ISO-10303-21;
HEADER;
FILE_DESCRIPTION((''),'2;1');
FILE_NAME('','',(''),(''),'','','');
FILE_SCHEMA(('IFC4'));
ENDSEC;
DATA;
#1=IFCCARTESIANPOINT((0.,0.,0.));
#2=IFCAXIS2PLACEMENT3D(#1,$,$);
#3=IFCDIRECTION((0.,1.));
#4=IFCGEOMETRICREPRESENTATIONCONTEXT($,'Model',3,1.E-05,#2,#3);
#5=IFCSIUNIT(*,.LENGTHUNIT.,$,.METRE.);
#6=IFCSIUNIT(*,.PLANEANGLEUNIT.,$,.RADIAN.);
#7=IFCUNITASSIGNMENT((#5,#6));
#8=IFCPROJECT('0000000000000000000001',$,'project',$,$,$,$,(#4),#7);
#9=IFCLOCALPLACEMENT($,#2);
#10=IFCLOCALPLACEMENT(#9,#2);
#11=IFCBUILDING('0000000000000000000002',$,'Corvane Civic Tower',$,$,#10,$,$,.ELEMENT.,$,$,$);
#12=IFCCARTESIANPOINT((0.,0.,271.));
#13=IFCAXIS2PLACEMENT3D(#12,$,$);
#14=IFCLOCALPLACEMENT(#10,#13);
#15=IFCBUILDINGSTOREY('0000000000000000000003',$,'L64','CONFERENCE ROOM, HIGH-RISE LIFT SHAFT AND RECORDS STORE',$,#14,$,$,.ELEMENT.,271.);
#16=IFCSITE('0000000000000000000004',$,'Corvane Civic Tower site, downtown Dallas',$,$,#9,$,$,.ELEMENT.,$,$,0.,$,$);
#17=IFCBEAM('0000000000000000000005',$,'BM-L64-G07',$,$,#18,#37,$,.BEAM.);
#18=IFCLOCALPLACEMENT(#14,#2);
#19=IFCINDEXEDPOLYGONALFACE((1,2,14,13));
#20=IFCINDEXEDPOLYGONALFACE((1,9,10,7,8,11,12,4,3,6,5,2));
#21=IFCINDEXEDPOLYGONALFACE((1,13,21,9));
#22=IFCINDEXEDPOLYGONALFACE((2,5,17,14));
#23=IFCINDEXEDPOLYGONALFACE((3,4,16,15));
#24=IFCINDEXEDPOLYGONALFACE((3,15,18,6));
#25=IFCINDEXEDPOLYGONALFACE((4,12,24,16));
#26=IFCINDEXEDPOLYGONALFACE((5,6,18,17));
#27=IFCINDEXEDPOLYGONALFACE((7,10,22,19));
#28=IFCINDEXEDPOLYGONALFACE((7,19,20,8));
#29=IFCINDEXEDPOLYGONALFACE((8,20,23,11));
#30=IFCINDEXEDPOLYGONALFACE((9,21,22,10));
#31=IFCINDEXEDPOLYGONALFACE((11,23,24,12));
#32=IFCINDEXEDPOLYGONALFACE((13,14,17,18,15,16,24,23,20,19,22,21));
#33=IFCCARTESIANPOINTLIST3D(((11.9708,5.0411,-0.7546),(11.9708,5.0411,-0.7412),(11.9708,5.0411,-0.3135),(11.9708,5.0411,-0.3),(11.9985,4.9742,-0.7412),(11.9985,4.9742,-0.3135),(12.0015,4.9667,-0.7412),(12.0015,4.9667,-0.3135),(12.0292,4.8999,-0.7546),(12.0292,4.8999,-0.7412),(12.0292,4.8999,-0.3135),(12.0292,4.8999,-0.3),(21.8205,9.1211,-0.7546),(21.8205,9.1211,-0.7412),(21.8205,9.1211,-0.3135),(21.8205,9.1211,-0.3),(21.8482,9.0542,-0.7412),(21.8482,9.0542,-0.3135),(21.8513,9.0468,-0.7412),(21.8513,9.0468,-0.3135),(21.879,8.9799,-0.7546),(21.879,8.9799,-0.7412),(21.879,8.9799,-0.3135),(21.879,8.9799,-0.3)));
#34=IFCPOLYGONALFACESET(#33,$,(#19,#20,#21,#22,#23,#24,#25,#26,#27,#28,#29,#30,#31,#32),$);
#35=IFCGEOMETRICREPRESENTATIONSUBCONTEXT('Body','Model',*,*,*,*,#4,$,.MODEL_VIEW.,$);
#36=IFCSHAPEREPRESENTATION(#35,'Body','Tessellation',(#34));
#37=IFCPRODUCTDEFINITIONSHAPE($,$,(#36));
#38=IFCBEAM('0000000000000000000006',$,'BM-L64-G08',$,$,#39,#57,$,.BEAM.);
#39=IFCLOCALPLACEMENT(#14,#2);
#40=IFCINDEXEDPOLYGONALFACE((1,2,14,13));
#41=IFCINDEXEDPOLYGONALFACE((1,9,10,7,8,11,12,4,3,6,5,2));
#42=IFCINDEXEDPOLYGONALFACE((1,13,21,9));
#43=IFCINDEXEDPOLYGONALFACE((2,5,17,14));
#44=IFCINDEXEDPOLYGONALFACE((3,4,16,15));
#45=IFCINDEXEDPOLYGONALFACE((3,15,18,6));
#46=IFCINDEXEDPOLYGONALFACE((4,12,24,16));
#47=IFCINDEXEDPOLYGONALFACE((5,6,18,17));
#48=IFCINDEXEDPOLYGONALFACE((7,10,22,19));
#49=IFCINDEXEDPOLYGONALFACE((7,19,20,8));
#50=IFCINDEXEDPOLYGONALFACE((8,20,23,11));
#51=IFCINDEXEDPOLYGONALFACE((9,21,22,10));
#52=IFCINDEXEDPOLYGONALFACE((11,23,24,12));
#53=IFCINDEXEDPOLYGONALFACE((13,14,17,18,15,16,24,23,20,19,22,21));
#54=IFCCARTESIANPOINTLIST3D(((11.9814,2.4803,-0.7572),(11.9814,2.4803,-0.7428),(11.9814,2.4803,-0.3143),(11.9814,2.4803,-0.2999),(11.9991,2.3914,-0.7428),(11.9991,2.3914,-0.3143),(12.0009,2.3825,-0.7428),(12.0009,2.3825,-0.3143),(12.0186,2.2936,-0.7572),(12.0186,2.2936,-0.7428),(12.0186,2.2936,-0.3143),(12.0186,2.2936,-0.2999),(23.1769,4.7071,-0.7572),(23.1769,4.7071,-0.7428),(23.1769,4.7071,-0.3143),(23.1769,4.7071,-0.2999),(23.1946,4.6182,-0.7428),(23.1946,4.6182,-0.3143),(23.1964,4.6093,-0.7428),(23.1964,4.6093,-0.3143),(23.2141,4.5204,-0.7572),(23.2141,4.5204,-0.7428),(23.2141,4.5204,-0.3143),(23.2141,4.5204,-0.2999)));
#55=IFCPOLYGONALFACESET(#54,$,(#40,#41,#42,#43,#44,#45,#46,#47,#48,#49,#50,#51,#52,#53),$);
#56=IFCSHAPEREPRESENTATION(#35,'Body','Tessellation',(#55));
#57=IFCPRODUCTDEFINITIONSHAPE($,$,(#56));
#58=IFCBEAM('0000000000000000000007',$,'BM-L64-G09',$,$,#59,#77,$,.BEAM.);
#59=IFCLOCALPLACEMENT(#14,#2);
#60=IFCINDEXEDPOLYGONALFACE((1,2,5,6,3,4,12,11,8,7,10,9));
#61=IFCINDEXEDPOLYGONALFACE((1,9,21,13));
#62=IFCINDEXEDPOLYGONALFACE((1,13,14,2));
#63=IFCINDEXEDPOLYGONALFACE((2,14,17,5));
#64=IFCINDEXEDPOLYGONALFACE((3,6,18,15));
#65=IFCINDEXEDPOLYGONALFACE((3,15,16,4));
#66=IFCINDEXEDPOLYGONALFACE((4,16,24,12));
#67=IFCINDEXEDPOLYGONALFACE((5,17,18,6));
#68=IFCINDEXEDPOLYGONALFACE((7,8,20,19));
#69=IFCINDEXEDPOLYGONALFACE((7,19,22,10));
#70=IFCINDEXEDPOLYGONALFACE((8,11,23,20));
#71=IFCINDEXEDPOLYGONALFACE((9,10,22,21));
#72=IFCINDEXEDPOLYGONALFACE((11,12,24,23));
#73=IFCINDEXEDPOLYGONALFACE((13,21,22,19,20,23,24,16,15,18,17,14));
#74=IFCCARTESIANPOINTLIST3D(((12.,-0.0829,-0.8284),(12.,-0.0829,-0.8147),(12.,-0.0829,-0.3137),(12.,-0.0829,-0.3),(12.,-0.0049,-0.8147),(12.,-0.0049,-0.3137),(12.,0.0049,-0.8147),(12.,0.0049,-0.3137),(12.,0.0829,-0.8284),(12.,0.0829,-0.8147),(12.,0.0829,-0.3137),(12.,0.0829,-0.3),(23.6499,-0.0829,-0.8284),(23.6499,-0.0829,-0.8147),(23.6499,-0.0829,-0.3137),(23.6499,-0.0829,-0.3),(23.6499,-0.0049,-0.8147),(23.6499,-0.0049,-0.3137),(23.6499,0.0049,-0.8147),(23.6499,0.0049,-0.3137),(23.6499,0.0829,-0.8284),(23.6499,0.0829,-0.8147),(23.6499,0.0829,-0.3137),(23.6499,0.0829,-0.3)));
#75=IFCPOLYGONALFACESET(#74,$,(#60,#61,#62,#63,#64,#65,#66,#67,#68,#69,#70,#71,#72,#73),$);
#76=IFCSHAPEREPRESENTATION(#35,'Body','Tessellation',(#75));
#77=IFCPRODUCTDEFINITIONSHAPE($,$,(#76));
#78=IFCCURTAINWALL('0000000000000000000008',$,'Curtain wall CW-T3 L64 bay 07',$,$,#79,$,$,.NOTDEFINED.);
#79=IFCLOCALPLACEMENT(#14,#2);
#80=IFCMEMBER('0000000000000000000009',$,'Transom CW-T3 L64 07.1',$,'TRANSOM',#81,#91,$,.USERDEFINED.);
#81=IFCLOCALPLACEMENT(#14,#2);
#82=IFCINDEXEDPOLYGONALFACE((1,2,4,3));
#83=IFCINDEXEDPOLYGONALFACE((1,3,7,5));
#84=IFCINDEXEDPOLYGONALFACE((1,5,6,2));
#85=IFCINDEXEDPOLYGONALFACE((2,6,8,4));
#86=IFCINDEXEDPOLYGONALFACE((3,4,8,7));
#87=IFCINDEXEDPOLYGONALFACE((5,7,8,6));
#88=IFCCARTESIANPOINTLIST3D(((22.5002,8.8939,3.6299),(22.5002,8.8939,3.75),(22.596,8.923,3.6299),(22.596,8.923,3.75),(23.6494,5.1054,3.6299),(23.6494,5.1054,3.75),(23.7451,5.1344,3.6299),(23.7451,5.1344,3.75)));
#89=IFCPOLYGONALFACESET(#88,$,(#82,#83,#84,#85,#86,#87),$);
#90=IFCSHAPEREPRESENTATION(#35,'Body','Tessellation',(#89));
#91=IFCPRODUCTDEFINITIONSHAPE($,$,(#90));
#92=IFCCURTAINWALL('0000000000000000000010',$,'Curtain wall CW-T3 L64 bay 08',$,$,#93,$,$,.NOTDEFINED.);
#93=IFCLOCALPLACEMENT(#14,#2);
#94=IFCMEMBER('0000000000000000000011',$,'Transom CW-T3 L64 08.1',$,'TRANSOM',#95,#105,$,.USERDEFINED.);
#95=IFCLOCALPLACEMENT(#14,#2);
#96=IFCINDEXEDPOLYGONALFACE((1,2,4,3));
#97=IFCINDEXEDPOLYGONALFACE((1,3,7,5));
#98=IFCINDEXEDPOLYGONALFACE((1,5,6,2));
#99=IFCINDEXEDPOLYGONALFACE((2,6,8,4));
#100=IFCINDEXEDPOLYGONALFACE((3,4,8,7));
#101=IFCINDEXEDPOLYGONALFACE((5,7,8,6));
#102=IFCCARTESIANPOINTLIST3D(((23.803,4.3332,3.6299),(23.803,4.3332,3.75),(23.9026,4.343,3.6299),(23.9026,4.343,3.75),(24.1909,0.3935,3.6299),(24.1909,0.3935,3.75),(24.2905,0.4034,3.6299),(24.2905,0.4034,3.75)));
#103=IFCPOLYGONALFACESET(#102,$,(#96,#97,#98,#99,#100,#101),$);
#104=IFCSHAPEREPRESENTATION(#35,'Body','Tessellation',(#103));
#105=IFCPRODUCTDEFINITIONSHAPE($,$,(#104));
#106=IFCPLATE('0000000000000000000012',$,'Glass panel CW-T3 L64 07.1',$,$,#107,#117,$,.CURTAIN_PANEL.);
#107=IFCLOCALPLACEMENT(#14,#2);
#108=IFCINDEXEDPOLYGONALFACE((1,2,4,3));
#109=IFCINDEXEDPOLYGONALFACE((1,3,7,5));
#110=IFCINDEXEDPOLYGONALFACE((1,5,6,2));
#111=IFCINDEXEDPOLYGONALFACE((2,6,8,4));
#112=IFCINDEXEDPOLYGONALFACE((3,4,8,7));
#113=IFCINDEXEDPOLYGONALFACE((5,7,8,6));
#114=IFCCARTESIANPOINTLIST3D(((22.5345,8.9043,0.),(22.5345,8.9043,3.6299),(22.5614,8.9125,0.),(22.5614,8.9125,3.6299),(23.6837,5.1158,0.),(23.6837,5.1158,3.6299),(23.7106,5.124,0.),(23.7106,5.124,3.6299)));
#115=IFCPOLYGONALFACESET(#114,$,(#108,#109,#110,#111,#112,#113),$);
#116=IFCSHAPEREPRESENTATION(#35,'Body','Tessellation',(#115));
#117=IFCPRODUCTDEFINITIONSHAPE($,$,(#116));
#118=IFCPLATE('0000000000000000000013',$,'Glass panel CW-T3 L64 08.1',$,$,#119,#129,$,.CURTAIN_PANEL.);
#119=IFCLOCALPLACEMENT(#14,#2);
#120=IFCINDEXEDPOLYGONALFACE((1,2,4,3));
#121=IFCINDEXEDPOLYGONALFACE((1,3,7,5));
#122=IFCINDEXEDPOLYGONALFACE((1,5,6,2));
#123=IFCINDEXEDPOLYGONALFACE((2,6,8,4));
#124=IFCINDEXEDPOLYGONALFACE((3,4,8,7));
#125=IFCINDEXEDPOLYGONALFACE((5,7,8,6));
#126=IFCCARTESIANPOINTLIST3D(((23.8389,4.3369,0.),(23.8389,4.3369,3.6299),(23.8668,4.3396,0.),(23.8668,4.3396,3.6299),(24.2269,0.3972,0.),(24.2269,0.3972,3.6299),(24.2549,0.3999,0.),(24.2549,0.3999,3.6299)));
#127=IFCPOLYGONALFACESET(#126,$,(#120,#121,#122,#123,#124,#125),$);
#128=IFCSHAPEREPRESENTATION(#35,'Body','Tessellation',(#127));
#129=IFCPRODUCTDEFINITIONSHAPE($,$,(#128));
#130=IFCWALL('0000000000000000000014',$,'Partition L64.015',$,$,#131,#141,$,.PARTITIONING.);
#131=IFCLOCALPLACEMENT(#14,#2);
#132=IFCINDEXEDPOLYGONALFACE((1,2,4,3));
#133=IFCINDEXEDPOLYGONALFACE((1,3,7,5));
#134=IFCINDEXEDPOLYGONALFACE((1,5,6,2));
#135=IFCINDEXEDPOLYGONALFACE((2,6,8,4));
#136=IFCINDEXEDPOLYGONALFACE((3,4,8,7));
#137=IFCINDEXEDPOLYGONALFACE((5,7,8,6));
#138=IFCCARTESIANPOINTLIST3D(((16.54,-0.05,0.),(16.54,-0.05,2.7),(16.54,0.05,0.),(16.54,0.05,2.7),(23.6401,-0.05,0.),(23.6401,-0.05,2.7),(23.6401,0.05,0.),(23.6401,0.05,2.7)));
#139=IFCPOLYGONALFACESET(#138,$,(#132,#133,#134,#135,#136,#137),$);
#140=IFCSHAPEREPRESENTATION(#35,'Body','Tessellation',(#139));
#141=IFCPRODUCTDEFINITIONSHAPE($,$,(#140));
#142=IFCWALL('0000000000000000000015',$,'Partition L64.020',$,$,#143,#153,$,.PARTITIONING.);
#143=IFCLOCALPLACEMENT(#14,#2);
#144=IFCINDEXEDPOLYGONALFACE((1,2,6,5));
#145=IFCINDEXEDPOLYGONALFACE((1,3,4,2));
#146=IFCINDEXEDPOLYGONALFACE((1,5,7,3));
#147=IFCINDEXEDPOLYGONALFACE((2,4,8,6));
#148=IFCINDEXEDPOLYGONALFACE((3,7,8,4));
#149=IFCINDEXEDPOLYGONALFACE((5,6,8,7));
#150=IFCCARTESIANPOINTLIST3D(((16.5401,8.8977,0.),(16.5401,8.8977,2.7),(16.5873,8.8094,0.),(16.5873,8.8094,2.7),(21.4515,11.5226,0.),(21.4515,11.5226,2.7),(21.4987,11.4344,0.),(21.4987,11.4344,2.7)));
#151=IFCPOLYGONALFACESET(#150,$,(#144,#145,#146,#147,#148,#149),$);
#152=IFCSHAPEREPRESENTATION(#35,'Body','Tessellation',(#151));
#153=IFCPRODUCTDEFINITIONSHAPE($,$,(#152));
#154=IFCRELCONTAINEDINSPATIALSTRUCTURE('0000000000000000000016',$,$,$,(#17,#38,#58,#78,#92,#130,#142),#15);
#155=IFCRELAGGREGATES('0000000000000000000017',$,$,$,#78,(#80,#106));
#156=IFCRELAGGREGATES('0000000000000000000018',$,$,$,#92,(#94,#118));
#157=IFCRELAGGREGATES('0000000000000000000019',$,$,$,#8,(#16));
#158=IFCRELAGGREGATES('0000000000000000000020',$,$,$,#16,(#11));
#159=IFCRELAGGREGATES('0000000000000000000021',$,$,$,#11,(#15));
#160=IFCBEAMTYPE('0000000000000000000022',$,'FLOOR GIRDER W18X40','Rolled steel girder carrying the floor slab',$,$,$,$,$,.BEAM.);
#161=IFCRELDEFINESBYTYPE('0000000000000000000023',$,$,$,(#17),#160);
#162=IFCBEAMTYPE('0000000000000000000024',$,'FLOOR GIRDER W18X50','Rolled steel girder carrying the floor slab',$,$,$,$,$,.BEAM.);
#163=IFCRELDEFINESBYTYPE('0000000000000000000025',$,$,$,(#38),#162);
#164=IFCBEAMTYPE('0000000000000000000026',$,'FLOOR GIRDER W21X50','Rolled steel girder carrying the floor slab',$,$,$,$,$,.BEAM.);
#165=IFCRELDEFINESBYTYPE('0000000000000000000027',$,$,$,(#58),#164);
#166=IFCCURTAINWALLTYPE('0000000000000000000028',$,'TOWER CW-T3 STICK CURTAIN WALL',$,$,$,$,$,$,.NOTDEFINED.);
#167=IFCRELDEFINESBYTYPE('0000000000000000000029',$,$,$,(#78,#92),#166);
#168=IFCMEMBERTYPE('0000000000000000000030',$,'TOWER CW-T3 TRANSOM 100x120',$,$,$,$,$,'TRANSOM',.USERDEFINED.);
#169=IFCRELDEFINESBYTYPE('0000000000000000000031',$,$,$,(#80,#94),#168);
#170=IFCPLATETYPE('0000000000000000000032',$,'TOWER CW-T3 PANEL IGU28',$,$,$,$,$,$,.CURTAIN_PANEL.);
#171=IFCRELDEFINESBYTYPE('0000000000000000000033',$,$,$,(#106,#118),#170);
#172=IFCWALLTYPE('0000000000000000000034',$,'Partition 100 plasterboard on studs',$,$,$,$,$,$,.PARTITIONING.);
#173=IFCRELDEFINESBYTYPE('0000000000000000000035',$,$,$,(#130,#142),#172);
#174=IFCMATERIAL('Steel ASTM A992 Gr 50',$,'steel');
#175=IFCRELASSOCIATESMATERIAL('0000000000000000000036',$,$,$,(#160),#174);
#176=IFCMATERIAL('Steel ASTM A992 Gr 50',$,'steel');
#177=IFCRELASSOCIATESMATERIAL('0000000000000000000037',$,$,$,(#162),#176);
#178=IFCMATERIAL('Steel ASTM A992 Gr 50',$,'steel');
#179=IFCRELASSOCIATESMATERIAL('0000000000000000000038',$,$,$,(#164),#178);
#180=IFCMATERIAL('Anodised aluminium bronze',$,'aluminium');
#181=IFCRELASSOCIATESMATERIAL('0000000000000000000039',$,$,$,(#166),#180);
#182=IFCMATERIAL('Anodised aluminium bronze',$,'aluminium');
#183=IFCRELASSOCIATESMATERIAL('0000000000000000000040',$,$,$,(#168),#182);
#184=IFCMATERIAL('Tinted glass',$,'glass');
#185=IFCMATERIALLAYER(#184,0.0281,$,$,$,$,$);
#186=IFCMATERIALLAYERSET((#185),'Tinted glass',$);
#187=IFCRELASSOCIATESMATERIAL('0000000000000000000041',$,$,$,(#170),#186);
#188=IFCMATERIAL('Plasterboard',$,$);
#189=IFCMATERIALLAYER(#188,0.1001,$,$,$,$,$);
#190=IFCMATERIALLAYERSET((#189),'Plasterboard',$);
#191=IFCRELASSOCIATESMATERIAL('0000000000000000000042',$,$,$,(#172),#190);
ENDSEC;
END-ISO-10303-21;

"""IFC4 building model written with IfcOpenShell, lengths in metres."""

from ifc_helpers import new_model, si_unit, direction, frame, frame_2d, origin, origin_2d, place, context, subcontext, project, spatial, rectangle, i_section, extrude, material, layer, layer_set, material_profile, profile_set, type_object, element, aggregate, save


model = new_model("IFC4")

# Units and contexts
model_context = context("Model", 3, precision=1e-05, world=origin(), true_north=direction((0.0, 1.0)))
body_context = subcontext(model_context, "Body", "Model", "MODEL_VIEW")
ifc_project = project(units=[si_unit("LENGTHUNIT", "METRE"), si_unit("PLANEANGLEUNIT", "RADIAN")], contexts=[model_context])

# Site, building, storey
site_placement = place(None, origin())
site = spatial("IfcSite", under=ifc_project, at=site_placement, Name="Corvane Civic Tower site, downtown Dallas", CompositionType="ELEMENT", RefElevation=0.0)
building_placement = place(site_placement, origin())
building = spatial("IfcBuilding", under=site, at=building_placement, Name="Corvane Civic Tower", CompositionType="ELEMENT")
storey_placement = place(building_placement, frame((0.0, 0.0, 271.0)))
storey = spatial("IfcBuildingStorey", under=building, at=storey_placement, Name="L64", Description="CONFERENCE ROOM, HIGH-RISE LIFT SHAFT AND RECORDS STORE", CompositionType="ELEMENT", Elevation=271.0)

# Beams
ifc_material_1 = material(Name="Steel ASTM A992 Gr 50", Category="steel")
ifc_material_profile_1 = material_profile(ifc_material_1, i_section(OverallWidth=0.1528, OverallDepth=0.4546, WebThickness=0.0081, FlangeThickness=0.0134, at=origin_2d()), Name="W18X40")
ifc_profile_set_1 = profile_set([ifc_material_profile_1], Name="Steel ASTM A992 Gr 50")
beam_type_1 = type_object("IfcBeamType", Name="FLOOR GIRDER W18X40", Description="Rolled steel girder carrying the floor slab", PredefinedType="BEAM", material=ifc_profile_set_1)
beam_1_placement = place(storey_placement, frame((12.0, 4.9705, -0.5273), z_axis=(0.923875, 0.382694, 0.0), x_axis=(-0.382694, 0.923875, 0.0)))
element("IfcBeam", 1, at=beam_1_placement, inside=storey, type_object=beam_type_1, Name="BM-L64-G07", PredefinedType="BEAM", context=body_context, shape_type="SweptSolid", body=[
    extrude(i_section(OverallWidth=0.1528, OverallDepth=0.4546, WebThickness=0.0081, FlangeThickness=0.0134, at=origin_2d()), origin(), (0.0, 0.0, 1.0), 10.6614),
])
ifc_material_2 = material(Name="Steel ASTM A992 Gr 50", Category="steel")
ifc_material_profile_2 = material_profile(ifc_material_2, i_section(OverallWidth=0.1904, OverallDepth=0.4573, WebThickness=0.009, FlangeThickness=0.0144, at=origin_2d()), Name="W18X50")
ifc_profile_set_2 = profile_set([ifc_material_profile_2], Name="Steel ASTM A992 Gr 50")
beam_type_2 = type_object("IfcBeamType", Name="FLOOR GIRDER W18X50", Description="Rolled steel girder carrying the floor slab", PredefinedType="BEAM", material=ifc_profile_set_2)
beam_2_placement = place(storey_placement, frame((12.0, 2.387, -0.5286), z_axis=(0.980787, 0.19508, 0.0), x_axis=(-0.19508, 0.980787, 0.0)))
element("IfcBeam", 2, at=beam_2_placement, inside=storey, type_object=beam_type_2, Name="BM-L64-G08", PredefinedType="BEAM", context=body_context, shape_type="SweptSolid", body=[
    extrude(i_section(OverallWidth=0.1904, OverallDepth=0.4573, WebThickness=0.009, FlangeThickness=0.0144, at=origin_2d()), origin(), (0.0, 0.0, 1.0), 11.4148),
])
ifc_material_3 = material(Name="Steel ASTM A992 Gr 50", Category="steel")
ifc_material_profile_3 = material_profile(ifc_material_3, i_section(OverallWidth=0.1658, OverallDepth=0.5283, WebThickness=0.0098, FlangeThickness=0.0137, at=origin_2d()), Name="W21X50")
ifc_profile_set_3 = profile_set([ifc_material_profile_3], Name="Steel ASTM A992 Gr 50")
beam_type_3 = type_object("IfcBeamType", Name="FLOOR GIRDER W21X50", Description="Rolled steel girder carrying the floor slab", PredefinedType="BEAM", material=ifc_profile_set_3)
beam_3_placement = place(storey_placement, frame((12.0, 0.0, -0.5642), z_axis=(1.0, 0.0, 0.0), x_axis=(0.0, 1.0, 0.0)))
element("IfcBeam", 3, at=beam_3_placement, inside=storey, type_object=beam_type_3, Name="BM-L64-G09", PredefinedType="BEAM", context=body_context, shape_type="SweptSolid", body=[
    extrude(i_section(OverallWidth=0.1658, OverallDepth=0.5283, WebThickness=0.0098, FlangeThickness=0.0137, at=origin_2d()), origin(), (0.0, 0.0, 1.0), 11.6499),
])

# Curtain walls, members
ifc_material_4 = material(Name="Anodised aluminium bronze", Category="aluminium")
curtain_wall_type = type_object("IfcCurtainWallType", Name="TOWER CW-T3 STICK CURTAIN WALL", PredefinedType="NOTDEFINED", material=ifc_material_4)
curtain_wall_1_placement = place(storey_placement, origin())
curtain_wall_1 = element("IfcCurtainWall", 4, at=curtain_wall_1_placement, inside=storey, type_object=curtain_wall_type, Name="Curtain wall CW-T3 L64 bay 07", PredefinedType="NOTDEFINED")
ifc_material_5 = material(Name="Anodised aluminium bronze", Category="aluminium")
ifc_material_profile_4 = material_profile(ifc_material_5, rectangle(XDim=0.1001, YDim=0.1201, at=origin_2d()), Name="TOWER CW-T3 TRANSOM 100x120")
ifc_profile_set_4 = profile_set([ifc_material_profile_4], Name="Anodised aluminium bronze")
member_type = type_object("IfcMemberType", Name="TOWER CW-T3 TRANSOM 100x120", ElementType="TRANSOM", PredefinedType="USERDEFINED", material=ifc_profile_set_4)
member_1_placement = place(storey_placement, frame((22.5481, 8.9084, 3.6899), z_axis=(0.290266, -0.956946, 0.0), x_axis=(0.956946, 0.290266, 0.0)))
member_1 = element("IfcMember", 5, at=member_1_placement, type_object=member_type, Name="Transom CW-T3 L64 07.1", ObjectType="TRANSOM", PredefinedType="USERDEFINED", context=body_context, shape_type="SweptSolid", body=[
    extrude(rectangle(XDim=0.1001, YDim=0.1201, at=origin_2d()), origin(), (0.0, 0.0, 1.0), 3.959),
])
curtain_wall_2_placement = place(storey_placement, origin())
curtain_wall_2 = element("IfcCurtainWall", 6, at=curtain_wall_2_placement, inside=storey, type_object=curtain_wall_type, Name="Curtain wall CW-T3 L64 bay 08", PredefinedType="NOTDEFINED")
member_2_placement = place(storey_placement, frame((23.8528, 4.3381, 3.6899), z_axis=(0.097995, -0.995187, 0.0), x_axis=(0.995187, 0.097995, 0.0)))
member_2 = element("IfcMember", 7, at=member_2_placement, type_object=member_type, Name="Transom CW-T3 L64 08.1", ObjectType="TRANSOM", PredefinedType="USERDEFINED", context=body_context, shape_type="SweptSolid", body=[
    extrude(rectangle(XDim=0.1001, YDim=0.1201, at=origin_2d()), origin(), (0.0, 0.0, 1.0), 3.9587),
])

# Plates
ifc_material_6 = material(Name="Tinted glass", Category="glass")
ifc_layer_1 = layer(ifc_material_6, 0.0281)
ifc_layer_set_1 = layer_set([ifc_layer_1], Name="Tinted glass")
plate_type = type_object("IfcPlateType", Name="TOWER CW-T3 PANEL IGU28", PredefinedType="CURTAIN_PANEL", material=ifc_layer_set_1)
plate_1_placement = place(storey_placement, frame((23.1226, 7.0142, 0.0), z_axis=(0.0, 0.0, 1.0), x_axis=(0.290274, -0.956944, 0.0)))
plate_1 = element("IfcPlate", 8, at=plate_1_placement, type_object=plate_type, Name="Glass panel CW-T3 L64 07.1", PredefinedType="CURTAIN_PANEL", context=body_context, shape_type="SweptSolid", body=[
    extrude(rectangle(XDim=3.959, YDim=0.0281, at=origin_2d()), origin(), (0.0, 0.0, 1.0), 3.6299),
])
aggregate(curtain_wall_1, [member_1, plate_1])
plate_2_placement = place(storey_placement, frame((24.0469, 2.3684, 0.0), z_axis=(0.0, 0.0, 1.0), x_axis=(0.098021, -0.995184, 0.0)))
plate_2 = element("IfcPlate", 9, at=plate_2_placement, type_object=plate_type, Name="Glass panel CW-T3 L64 08.1", PredefinedType="CURTAIN_PANEL", context=body_context, shape_type="SweptSolid", body=[
    extrude(rectangle(XDim=3.9587, YDim=0.0281, at=origin_2d()), origin(), (0.0, 0.0, 1.0), 3.6299),
])
aggregate(curtain_wall_2, [member_2, plate_2])

# Walls
ifc_material_7 = material(Name="Plasterboard")
ifc_layer_2 = layer(ifc_material_7, 0.1001)
ifc_layer_set_2 = layer_set([ifc_layer_2], Name="Plasterboard")
wall_type_1 = type_object("IfcWallType", Name="Partition 100 plasterboard on studs", PredefinedType="PARTITIONING", material=ifc_layer_set_2)
wall_1_placement = place(storey_placement, frame((16.54, 0.0, 0.0), z_axis=(0.0, 0.0, 1.0), x_axis=(1.0, 0.0, 0.0)))
element("IfcWall", 10, at=wall_1_placement, inside=storey, type_object=wall_type_1, Name="Partition L64.015", PredefinedType="PARTITIONING", context=body_context, shape_type="SweptSolid", body=[
    extrude(rectangle(XDim=7.1001, YDim=0.1001, at=frame_2d((3.55, 0.0))), origin(), (0.0, 0.0, 1.0), 2.7),
])
wall_2_placement = place(storey_placement, frame((16.5637, 8.8535, 0.0), z_axis=(0.0, 0.0, 1.0), x_axis=(0.881935, 0.471371, 0.0)))
element("IfcWall", 11, at=wall_2_placement, inside=storey, type_object=wall_type_1, Name="Partition L64.020", PredefinedType="PARTITIONING", context=body_context, shape_type="SweptSolid", body=[
    extrude(rectangle(XDim=5.5688, YDim=0.1001, at=frame_2d((2.7844, 0.0))), origin(), (0.0, 0.0, 1.0), 2.7),
])

save(model, "model.ifc")
